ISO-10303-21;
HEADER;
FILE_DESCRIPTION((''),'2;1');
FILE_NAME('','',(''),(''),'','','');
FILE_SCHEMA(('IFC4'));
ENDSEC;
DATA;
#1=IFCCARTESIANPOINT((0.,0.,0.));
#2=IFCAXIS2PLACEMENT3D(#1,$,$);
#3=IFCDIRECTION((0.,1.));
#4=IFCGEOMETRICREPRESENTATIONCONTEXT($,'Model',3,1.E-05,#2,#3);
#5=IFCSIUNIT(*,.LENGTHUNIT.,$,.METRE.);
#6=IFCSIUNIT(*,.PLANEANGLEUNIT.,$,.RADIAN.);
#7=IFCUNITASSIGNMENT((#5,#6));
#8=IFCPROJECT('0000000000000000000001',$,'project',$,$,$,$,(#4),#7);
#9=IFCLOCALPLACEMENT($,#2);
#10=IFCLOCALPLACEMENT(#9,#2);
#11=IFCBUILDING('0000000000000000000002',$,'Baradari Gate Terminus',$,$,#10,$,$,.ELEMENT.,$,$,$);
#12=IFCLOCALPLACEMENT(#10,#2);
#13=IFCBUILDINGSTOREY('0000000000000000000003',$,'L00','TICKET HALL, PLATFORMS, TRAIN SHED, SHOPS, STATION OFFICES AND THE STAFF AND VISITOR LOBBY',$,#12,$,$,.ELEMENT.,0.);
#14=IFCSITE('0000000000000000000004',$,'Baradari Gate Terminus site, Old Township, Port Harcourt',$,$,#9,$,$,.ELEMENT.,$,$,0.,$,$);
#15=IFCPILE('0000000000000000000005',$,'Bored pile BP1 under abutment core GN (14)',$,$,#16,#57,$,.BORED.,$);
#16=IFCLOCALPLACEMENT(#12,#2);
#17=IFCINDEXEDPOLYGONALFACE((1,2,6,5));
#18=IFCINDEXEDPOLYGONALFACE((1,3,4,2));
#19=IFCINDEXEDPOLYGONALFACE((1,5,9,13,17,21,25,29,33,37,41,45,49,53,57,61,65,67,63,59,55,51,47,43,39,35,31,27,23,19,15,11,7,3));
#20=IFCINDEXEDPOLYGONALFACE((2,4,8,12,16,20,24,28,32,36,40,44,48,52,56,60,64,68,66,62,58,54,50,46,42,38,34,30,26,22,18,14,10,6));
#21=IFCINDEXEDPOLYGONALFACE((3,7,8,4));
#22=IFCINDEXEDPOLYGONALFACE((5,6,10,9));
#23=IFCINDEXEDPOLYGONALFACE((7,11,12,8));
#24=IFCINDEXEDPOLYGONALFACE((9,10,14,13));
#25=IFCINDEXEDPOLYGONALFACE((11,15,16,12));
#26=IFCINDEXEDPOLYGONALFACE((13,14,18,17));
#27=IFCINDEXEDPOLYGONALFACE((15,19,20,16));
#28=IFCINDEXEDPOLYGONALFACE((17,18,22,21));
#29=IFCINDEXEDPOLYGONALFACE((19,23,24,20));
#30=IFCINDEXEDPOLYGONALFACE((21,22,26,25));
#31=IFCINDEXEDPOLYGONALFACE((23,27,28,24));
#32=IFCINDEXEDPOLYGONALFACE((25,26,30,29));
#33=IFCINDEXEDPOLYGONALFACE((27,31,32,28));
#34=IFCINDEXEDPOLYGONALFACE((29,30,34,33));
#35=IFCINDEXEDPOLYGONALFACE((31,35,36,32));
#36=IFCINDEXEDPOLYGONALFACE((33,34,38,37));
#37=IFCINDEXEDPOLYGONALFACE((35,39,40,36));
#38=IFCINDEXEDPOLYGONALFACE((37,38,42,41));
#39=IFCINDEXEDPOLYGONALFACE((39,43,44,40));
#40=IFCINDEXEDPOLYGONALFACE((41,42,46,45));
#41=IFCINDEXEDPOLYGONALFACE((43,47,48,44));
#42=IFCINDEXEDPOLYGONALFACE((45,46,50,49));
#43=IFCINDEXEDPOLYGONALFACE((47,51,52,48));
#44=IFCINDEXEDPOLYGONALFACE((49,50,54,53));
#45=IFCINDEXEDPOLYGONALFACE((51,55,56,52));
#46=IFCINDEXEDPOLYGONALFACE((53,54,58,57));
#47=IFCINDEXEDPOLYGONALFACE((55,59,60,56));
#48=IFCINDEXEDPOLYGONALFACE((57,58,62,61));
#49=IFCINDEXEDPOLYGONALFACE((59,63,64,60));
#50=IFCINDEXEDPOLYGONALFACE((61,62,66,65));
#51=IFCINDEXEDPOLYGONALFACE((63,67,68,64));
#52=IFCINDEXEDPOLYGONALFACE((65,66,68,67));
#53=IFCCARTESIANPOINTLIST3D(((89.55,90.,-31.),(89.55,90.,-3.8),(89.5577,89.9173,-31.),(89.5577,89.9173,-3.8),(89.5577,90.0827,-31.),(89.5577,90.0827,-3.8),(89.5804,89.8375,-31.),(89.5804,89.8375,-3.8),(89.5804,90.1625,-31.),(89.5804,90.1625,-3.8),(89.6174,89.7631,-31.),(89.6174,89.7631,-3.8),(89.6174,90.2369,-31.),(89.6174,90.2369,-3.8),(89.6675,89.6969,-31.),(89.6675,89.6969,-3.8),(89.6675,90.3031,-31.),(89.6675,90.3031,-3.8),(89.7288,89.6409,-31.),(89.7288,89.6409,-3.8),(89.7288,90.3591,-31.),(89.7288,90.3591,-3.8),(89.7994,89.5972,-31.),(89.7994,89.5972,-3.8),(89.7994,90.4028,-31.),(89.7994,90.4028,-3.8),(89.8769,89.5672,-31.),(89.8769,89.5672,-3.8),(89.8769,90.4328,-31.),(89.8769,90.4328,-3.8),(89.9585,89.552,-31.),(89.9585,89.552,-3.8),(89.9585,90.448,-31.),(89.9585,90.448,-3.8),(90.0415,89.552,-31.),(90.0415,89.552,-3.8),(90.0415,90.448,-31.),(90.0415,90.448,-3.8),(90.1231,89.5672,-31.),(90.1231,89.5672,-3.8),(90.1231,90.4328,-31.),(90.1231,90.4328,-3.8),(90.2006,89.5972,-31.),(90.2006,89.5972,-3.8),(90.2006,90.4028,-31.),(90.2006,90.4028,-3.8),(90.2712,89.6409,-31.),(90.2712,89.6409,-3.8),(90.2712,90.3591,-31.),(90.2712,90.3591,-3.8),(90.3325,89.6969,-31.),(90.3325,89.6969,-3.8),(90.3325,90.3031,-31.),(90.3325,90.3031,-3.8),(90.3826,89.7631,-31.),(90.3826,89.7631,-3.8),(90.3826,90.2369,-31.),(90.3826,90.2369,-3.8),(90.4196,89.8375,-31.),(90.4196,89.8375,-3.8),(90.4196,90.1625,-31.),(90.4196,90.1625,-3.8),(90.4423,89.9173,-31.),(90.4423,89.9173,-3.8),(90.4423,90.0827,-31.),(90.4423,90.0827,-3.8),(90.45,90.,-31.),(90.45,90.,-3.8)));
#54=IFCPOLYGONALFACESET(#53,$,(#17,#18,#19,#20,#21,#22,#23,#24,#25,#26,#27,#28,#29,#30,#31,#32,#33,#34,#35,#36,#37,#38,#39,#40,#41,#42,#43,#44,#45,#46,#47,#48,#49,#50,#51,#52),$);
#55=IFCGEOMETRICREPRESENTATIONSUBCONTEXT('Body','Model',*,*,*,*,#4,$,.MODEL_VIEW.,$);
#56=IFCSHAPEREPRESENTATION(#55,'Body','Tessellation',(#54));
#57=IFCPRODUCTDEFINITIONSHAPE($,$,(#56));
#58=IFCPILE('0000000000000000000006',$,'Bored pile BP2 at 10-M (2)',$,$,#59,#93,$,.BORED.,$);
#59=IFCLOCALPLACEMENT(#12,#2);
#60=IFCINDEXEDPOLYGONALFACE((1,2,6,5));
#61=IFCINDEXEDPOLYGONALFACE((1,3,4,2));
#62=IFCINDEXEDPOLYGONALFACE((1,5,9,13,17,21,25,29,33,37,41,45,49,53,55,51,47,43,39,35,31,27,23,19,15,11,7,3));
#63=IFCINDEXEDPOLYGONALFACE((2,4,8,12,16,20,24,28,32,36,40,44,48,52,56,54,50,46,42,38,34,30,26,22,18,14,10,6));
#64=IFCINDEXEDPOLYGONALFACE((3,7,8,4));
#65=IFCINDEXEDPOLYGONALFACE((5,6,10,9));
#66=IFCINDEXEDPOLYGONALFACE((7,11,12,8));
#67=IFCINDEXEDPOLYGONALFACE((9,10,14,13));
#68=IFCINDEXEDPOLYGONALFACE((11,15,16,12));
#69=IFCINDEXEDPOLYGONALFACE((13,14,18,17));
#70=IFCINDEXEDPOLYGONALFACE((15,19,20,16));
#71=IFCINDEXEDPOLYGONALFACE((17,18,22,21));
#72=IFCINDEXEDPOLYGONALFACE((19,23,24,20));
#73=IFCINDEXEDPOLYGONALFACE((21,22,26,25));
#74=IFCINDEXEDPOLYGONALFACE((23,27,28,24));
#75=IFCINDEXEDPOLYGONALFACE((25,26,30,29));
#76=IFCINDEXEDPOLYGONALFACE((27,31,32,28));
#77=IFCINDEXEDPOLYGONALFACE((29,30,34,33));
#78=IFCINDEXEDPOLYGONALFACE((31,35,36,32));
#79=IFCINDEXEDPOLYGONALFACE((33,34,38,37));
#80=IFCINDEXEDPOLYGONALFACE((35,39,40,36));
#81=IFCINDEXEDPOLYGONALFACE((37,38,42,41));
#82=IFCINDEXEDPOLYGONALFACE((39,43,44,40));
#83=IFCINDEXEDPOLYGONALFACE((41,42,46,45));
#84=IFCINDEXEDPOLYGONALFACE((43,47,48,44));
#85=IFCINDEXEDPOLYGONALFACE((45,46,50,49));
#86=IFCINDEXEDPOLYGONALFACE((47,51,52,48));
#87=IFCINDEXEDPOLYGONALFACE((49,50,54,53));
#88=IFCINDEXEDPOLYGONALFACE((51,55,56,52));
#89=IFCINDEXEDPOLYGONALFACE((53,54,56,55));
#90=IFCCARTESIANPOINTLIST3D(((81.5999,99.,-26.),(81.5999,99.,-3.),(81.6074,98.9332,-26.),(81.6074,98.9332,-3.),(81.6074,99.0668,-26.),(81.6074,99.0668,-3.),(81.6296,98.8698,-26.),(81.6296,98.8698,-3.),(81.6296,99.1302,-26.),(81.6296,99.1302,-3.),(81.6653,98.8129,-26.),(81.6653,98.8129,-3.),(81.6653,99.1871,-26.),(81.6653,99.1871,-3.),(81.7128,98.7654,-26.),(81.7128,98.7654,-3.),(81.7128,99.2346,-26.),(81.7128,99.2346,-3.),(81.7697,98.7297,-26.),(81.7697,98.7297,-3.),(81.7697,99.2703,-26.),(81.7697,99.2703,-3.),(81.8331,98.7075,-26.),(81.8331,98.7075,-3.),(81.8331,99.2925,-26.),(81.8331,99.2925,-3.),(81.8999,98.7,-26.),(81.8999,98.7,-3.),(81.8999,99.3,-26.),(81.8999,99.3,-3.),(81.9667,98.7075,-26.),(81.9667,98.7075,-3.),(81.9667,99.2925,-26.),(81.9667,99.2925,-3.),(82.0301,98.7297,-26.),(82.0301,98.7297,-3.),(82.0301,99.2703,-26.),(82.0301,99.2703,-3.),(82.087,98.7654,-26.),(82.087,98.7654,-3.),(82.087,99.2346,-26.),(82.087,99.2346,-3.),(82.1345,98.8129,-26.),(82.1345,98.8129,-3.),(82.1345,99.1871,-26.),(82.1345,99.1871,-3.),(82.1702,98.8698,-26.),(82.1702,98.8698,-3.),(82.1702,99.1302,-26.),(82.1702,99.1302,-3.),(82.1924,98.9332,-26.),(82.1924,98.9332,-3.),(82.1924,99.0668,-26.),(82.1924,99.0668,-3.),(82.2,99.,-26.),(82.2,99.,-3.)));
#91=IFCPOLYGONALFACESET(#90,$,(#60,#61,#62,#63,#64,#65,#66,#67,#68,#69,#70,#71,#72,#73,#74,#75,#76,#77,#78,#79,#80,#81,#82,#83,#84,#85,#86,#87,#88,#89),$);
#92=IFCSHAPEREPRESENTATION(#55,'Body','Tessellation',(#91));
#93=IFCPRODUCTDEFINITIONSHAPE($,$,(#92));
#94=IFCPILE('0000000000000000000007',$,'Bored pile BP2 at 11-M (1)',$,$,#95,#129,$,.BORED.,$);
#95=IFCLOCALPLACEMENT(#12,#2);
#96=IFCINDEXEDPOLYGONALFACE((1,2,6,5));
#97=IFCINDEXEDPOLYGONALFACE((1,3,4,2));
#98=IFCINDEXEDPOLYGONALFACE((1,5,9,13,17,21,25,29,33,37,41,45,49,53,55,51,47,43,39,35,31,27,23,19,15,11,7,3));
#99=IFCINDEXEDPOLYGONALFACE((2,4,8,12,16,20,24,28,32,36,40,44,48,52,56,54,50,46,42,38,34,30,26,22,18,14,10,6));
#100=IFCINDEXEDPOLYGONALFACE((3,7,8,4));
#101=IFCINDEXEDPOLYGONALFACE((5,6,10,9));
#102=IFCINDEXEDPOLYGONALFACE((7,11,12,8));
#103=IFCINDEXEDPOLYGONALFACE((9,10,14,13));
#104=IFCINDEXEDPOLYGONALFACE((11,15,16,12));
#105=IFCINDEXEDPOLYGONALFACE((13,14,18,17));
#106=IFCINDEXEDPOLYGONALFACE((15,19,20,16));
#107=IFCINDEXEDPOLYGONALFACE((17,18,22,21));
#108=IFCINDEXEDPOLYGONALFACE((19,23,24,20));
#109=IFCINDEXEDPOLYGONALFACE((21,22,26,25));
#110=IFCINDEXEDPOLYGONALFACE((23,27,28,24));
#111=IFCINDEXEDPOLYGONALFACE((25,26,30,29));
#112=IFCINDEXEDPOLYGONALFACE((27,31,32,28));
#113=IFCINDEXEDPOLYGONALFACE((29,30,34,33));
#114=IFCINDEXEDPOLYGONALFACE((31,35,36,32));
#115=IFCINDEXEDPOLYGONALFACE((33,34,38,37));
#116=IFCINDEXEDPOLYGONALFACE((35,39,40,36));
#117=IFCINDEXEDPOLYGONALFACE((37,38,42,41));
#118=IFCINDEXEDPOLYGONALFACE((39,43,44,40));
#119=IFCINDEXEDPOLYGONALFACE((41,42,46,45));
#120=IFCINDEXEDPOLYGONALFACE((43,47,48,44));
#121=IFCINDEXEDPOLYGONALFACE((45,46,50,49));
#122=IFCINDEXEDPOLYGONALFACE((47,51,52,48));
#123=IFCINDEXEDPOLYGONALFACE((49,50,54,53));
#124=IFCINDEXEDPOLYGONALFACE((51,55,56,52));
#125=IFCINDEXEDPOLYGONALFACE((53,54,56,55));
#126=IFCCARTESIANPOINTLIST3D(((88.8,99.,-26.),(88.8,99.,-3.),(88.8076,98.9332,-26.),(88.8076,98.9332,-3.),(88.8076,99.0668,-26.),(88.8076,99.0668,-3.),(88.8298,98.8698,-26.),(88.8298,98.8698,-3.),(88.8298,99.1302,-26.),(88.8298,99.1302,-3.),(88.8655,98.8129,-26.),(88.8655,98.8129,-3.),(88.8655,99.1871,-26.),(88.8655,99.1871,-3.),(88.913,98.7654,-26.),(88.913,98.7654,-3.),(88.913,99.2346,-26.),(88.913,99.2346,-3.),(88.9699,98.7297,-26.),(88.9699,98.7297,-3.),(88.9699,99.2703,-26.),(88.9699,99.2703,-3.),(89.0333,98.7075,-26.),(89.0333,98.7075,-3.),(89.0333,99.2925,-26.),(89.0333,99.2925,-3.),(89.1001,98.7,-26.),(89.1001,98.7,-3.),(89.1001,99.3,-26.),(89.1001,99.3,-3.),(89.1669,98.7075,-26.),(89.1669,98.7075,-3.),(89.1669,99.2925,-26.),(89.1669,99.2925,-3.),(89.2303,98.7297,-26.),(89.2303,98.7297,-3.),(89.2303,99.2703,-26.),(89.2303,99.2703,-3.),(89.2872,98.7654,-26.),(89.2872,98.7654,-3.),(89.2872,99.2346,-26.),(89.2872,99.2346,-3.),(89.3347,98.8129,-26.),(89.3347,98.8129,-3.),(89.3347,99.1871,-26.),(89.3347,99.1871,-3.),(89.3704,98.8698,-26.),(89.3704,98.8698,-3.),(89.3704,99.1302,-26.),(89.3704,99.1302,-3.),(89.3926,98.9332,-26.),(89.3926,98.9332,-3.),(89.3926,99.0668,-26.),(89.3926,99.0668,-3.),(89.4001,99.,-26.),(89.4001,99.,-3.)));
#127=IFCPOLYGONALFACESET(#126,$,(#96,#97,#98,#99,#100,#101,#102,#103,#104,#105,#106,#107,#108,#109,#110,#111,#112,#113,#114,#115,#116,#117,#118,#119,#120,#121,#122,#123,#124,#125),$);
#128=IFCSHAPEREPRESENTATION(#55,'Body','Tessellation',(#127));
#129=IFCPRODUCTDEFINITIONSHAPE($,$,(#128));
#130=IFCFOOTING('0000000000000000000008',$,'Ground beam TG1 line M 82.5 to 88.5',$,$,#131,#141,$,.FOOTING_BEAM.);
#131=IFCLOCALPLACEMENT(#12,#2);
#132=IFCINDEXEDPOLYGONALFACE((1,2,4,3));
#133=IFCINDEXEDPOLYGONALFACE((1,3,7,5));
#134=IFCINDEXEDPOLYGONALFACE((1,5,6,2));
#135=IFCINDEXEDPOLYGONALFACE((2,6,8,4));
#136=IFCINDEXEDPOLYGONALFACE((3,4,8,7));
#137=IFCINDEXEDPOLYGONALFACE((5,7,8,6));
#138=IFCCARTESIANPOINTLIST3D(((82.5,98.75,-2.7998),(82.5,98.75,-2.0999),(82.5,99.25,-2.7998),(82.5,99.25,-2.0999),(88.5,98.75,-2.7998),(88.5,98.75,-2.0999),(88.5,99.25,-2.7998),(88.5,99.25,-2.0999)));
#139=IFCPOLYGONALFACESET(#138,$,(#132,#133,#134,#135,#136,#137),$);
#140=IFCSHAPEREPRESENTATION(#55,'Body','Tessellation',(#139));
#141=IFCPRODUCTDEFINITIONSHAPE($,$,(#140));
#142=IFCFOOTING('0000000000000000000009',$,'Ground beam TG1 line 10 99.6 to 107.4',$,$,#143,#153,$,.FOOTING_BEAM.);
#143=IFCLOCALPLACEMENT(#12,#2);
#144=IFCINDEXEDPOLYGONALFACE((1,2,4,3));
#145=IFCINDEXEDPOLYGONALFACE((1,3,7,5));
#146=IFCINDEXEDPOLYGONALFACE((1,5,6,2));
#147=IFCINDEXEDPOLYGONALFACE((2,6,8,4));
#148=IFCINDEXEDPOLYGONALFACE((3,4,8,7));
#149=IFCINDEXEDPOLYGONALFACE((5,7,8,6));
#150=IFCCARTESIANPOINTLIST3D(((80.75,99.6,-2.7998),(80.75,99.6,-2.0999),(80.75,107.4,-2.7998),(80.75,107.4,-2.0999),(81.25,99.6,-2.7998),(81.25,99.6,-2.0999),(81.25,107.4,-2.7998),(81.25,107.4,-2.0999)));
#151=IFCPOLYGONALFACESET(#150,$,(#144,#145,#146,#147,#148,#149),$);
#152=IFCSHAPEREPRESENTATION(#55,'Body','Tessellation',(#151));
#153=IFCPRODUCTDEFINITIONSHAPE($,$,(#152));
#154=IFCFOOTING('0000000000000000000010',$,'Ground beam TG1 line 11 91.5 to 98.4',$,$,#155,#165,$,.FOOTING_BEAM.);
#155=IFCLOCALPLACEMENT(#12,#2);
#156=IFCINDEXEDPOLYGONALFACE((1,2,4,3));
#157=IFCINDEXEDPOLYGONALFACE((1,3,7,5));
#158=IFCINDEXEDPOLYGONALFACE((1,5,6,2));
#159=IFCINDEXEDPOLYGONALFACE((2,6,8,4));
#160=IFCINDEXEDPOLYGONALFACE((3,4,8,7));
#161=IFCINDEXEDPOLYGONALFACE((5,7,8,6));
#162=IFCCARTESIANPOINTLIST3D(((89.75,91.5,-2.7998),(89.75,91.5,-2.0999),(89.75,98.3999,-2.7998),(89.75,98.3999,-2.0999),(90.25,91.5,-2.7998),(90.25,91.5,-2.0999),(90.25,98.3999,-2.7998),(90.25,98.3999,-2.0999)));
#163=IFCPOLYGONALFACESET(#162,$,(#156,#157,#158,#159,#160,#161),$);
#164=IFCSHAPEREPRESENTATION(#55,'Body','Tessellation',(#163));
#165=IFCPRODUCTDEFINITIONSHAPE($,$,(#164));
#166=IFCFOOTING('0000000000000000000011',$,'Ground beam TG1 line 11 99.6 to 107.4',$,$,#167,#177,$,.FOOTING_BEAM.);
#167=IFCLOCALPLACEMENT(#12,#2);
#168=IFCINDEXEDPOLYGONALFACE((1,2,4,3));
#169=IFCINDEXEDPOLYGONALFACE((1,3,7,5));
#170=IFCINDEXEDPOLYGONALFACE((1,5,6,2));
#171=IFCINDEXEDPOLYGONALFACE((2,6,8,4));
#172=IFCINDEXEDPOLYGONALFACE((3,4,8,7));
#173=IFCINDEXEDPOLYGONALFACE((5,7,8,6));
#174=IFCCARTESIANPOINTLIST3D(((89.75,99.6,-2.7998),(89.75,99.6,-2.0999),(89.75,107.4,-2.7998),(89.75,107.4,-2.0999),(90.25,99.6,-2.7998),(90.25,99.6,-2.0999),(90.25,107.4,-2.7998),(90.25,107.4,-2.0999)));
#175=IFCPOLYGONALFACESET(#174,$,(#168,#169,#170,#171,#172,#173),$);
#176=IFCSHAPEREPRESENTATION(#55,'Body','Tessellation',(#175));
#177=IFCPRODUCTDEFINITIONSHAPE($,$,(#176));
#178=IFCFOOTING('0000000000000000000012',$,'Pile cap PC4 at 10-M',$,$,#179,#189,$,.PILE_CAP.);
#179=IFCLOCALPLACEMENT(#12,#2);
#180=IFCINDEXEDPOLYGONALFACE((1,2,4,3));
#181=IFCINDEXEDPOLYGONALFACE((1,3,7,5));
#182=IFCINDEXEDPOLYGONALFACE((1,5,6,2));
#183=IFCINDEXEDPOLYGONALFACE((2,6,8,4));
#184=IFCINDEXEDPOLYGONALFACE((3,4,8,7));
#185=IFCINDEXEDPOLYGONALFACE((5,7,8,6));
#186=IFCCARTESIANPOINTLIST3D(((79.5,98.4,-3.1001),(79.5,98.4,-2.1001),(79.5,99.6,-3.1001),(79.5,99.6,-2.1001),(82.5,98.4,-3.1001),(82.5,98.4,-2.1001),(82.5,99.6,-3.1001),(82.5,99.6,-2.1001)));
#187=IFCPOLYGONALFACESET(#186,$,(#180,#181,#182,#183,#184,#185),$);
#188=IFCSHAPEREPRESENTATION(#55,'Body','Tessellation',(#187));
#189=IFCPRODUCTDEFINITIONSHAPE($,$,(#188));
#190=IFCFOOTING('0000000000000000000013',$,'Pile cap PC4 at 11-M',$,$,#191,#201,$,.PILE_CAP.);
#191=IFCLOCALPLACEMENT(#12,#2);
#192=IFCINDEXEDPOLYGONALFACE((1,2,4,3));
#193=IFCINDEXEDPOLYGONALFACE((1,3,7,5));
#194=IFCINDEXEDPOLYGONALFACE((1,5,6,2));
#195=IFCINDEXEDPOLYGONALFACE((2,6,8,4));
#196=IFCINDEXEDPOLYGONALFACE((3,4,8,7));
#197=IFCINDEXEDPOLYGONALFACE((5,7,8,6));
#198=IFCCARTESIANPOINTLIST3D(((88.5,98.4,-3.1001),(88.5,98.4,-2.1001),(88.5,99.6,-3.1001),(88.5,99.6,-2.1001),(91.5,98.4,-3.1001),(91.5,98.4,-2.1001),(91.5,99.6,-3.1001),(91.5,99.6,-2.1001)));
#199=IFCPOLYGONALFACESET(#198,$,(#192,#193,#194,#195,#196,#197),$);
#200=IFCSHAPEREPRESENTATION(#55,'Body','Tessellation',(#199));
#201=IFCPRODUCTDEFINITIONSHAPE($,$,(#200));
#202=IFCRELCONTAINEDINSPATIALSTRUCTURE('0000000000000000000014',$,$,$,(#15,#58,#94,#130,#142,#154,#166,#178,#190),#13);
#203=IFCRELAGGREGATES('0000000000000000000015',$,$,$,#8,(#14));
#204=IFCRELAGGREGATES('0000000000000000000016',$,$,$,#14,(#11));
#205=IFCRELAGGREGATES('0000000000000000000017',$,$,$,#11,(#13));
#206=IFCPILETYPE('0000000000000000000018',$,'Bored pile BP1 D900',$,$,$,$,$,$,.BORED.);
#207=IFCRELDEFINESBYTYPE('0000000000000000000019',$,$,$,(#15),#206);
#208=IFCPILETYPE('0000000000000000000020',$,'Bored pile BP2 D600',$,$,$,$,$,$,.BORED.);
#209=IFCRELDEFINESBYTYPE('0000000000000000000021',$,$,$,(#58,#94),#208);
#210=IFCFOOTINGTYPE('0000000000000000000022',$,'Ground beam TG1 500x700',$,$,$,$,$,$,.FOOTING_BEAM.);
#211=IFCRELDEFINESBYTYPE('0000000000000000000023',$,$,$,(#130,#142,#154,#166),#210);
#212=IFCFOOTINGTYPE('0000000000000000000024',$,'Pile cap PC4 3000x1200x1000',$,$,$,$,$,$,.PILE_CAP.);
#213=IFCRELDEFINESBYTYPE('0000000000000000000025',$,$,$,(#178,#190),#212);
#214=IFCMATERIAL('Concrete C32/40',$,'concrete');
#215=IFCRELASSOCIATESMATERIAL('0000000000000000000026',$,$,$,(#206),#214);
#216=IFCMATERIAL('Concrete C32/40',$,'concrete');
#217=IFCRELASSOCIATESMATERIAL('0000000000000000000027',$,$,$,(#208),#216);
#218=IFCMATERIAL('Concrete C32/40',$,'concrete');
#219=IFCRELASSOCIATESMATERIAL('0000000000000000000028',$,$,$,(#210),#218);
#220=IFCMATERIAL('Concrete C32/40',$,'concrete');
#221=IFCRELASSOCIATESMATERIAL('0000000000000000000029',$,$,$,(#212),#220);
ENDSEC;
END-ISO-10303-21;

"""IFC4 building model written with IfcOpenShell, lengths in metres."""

from ifc_helpers import new_model, si_unit, direction, frame, origin, origin_2d, place, context, subcontext, project, spatial, rectangle, circle, extrude, material, type_object, element, save


model = new_model("IFC4")

# Units and contexts
model_context = context("Model", 3, precision=1e-05, world=origin(), true_north=direction((0.0, 1.0)))
body_context = subcontext(model_context, "Body", "Model", "MODEL_VIEW")
ifc_project = project(units=[si_unit("LENGTHUNIT", "METRE"), si_unit("PLANEANGLEUNIT", "RADIAN")], contexts=[model_context])

# Site, building, storey
site_placement = place(None, origin())
site = spatial("IfcSite", under=ifc_project, at=site_placement, Name="Baradari Gate Terminus site, Old Township, Port Harcourt", CompositionType="ELEMENT", RefElevation=0.0)
building_placement = place(site_placement, origin())
building = spatial("IfcBuilding", under=site, at=building_placement, Name="Baradari Gate Terminus", CompositionType="ELEMENT")
storey_placement = place(building_placement, origin())
storey = spatial("IfcBuildingStorey", under=building, at=storey_placement, Name="L00", Description="TICKET HALL, PLATFORMS, TRAIN SHED, SHOPS, STATION OFFICES AND THE STAFF AND VISITOR LOBBY", CompositionType="ELEMENT", Elevation=0.0)

# Piles
ifc_material_1 = material(Name="Concrete C32/40", Category="concrete")
pile_type_1 = type_object("IfcPileType", Name="Bored pile BP1 D900", PredefinedType="BORED", material=ifc_material_1)
pile_placement = place(storey_placement, frame((90.0, 90.0, -3.8), z_axis=(0.0, 0.0, -1.0), x_axis=(1.0, 0.0, 0.0)))
element("IfcPile", 1, at=pile_placement, inside=storey, type_object=pile_type_1, Name="Bored pile BP1 under abutment core GN (14)", PredefinedType="BORED", context=body_context, shape_type="SweptSolid", body=[
    extrude(circle(Radius=0.45, at=origin_2d()), origin(), (0.0, 0.0, 1.0), 27.2),
])
ifc_material_2 = material(Name="Concrete C32/40", Category="concrete")
pile_type_2 = type_object("IfcPileType", Name="Bored pile BP2 D600", PredefinedType="BORED", material=ifc_material_2)
for number, where, z_axis, x_axis, name in (
    (2, (81.8999, 99.0, -3.0), (0.0, 0.0, -1.0), (1.0, 0.0, 0.0), "Bored pile BP2 at 10-M (2)"),
    (3, (89.1001, 99.0, -3.0), (0.0, 0.0, -1.0), (1.0, 0.0, 0.0), "Bored pile BP2 at 11-M (1)"),
):
    element("IfcPile", number, at=place(storey_placement, frame(where, z_axis=z_axis, x_axis=x_axis)), inside=storey, type_object=pile_type_2, Name=name, PredefinedType="BORED", context=body_context, shape_type="SweptSolid", body=[
        extrude(circle(Radius=0.3, at=origin_2d()), origin(), (0.0, 0.0, 1.0), 23.0),
    ])

# Footings
ifc_material_3 = material(Name="Concrete C32/40", Category="concrete")
footing_type_1 = type_object("IfcFootingType", Name="Ground beam TG1 500x700", PredefinedType="FOOTING_BEAM", material=ifc_material_3)
footing_1_placement = place(storey_placement, frame((85.5, 99.0, -2.7998), z_axis=(0.0, 0.0, 1.0), x_axis=(1.0, 0.0, 0.0)))
element("IfcFooting", 4, at=footing_1_placement, inside=storey, type_object=footing_type_1, Name="Ground beam TG1 line M 82.5 to 88.5", PredefinedType="FOOTING_BEAM", context=body_context, shape_type="SweptSolid", body=[
    extrude(rectangle(XDim=6.0, YDim=0.5, at=origin_2d()), origin(), (0.0, 0.0, 1.0), 0.7),
])
footing_2_placement = place(storey_placement, frame((81.0, 103.5, -2.7998), z_axis=(0.0, 0.0, 1.0), x_axis=(1.0, 0.0, 0.0)))
element("IfcFooting", 5, at=footing_2_placement, inside=storey, type_object=footing_type_1, Name="Ground beam TG1 line 10 99.6 to 107.4", PredefinedType="FOOTING_BEAM", context=body_context, shape_type="SweptSolid", body=[
    extrude(rectangle(XDim=0.5, YDim=7.8, at=origin_2d()), origin(), (0.0, 0.0, 1.0), 0.7),
])
footing_3_placement = place(storey_placement, frame((90.0, 94.95, -2.7998), z_axis=(0.0, 0.0, 1.0), x_axis=(1.0, 0.0, 0.0)))
element("IfcFooting", 6, at=footing_3_placement, inside=storey, type_object=footing_type_1, Name="Ground beam TG1 line 11 91.5 to 98.4", PredefinedType="FOOTING_BEAM", context=body_context, shape_type="SweptSolid", body=[
    extrude(rectangle(XDim=0.5, YDim=6.8999, at=origin_2d()), origin(), (0.0, 0.0, 1.0), 0.7),
])
footing_4_placement = place(storey_placement, frame((90.0, 103.5, -2.7998), z_axis=(0.0, 0.0, 1.0), x_axis=(1.0, 0.0, 0.0)))
element("IfcFooting", 7, at=footing_4_placement, inside=storey, type_object=footing_type_1, Name="Ground beam TG1 line 11 99.6 to 107.4", PredefinedType="FOOTING_BEAM", context=body_context, shape_type="SweptSolid", body=[
    extrude(rectangle(XDim=0.5, YDim=7.8, at=origin_2d()), origin(), (0.0, 0.0, 1.0), 0.7),
])
ifc_material_4 = material(Name="Concrete C32/40", Category="concrete")
footing_type_2 = type_object("IfcFootingType", Name="Pile cap PC4 3000x1200x1000", PredefinedType="PILE_CAP", material=ifc_material_4)
for number, where, z_axis, x_axis, name in (
    (8, (81.0, 99.0, -3.1001), (0.0, 0.0, 1.0), (1.0, 0.0, 0.0), "Pile cap PC4 at 10-M"),
    (9, (90.0, 99.0, -3.1001), (0.0, 0.0, 1.0), (1.0, 0.0, 0.0), "Pile cap PC4 at 11-M"),
):
    element("IfcFooting", number, at=place(storey_placement, frame(where, z_axis=z_axis, x_axis=x_axis)), inside=storey, type_object=footing_type_2, Name=name, PredefinedType="PILE_CAP", context=body_context, shape_type="SweptSolid", body=[
        extrude(rectangle(XDim=3.0, YDim=1.2, at=origin_2d()), origin(), (0.0, 0.0, 1.0), 1.0),
    ])

save(model, "model.ifc")
